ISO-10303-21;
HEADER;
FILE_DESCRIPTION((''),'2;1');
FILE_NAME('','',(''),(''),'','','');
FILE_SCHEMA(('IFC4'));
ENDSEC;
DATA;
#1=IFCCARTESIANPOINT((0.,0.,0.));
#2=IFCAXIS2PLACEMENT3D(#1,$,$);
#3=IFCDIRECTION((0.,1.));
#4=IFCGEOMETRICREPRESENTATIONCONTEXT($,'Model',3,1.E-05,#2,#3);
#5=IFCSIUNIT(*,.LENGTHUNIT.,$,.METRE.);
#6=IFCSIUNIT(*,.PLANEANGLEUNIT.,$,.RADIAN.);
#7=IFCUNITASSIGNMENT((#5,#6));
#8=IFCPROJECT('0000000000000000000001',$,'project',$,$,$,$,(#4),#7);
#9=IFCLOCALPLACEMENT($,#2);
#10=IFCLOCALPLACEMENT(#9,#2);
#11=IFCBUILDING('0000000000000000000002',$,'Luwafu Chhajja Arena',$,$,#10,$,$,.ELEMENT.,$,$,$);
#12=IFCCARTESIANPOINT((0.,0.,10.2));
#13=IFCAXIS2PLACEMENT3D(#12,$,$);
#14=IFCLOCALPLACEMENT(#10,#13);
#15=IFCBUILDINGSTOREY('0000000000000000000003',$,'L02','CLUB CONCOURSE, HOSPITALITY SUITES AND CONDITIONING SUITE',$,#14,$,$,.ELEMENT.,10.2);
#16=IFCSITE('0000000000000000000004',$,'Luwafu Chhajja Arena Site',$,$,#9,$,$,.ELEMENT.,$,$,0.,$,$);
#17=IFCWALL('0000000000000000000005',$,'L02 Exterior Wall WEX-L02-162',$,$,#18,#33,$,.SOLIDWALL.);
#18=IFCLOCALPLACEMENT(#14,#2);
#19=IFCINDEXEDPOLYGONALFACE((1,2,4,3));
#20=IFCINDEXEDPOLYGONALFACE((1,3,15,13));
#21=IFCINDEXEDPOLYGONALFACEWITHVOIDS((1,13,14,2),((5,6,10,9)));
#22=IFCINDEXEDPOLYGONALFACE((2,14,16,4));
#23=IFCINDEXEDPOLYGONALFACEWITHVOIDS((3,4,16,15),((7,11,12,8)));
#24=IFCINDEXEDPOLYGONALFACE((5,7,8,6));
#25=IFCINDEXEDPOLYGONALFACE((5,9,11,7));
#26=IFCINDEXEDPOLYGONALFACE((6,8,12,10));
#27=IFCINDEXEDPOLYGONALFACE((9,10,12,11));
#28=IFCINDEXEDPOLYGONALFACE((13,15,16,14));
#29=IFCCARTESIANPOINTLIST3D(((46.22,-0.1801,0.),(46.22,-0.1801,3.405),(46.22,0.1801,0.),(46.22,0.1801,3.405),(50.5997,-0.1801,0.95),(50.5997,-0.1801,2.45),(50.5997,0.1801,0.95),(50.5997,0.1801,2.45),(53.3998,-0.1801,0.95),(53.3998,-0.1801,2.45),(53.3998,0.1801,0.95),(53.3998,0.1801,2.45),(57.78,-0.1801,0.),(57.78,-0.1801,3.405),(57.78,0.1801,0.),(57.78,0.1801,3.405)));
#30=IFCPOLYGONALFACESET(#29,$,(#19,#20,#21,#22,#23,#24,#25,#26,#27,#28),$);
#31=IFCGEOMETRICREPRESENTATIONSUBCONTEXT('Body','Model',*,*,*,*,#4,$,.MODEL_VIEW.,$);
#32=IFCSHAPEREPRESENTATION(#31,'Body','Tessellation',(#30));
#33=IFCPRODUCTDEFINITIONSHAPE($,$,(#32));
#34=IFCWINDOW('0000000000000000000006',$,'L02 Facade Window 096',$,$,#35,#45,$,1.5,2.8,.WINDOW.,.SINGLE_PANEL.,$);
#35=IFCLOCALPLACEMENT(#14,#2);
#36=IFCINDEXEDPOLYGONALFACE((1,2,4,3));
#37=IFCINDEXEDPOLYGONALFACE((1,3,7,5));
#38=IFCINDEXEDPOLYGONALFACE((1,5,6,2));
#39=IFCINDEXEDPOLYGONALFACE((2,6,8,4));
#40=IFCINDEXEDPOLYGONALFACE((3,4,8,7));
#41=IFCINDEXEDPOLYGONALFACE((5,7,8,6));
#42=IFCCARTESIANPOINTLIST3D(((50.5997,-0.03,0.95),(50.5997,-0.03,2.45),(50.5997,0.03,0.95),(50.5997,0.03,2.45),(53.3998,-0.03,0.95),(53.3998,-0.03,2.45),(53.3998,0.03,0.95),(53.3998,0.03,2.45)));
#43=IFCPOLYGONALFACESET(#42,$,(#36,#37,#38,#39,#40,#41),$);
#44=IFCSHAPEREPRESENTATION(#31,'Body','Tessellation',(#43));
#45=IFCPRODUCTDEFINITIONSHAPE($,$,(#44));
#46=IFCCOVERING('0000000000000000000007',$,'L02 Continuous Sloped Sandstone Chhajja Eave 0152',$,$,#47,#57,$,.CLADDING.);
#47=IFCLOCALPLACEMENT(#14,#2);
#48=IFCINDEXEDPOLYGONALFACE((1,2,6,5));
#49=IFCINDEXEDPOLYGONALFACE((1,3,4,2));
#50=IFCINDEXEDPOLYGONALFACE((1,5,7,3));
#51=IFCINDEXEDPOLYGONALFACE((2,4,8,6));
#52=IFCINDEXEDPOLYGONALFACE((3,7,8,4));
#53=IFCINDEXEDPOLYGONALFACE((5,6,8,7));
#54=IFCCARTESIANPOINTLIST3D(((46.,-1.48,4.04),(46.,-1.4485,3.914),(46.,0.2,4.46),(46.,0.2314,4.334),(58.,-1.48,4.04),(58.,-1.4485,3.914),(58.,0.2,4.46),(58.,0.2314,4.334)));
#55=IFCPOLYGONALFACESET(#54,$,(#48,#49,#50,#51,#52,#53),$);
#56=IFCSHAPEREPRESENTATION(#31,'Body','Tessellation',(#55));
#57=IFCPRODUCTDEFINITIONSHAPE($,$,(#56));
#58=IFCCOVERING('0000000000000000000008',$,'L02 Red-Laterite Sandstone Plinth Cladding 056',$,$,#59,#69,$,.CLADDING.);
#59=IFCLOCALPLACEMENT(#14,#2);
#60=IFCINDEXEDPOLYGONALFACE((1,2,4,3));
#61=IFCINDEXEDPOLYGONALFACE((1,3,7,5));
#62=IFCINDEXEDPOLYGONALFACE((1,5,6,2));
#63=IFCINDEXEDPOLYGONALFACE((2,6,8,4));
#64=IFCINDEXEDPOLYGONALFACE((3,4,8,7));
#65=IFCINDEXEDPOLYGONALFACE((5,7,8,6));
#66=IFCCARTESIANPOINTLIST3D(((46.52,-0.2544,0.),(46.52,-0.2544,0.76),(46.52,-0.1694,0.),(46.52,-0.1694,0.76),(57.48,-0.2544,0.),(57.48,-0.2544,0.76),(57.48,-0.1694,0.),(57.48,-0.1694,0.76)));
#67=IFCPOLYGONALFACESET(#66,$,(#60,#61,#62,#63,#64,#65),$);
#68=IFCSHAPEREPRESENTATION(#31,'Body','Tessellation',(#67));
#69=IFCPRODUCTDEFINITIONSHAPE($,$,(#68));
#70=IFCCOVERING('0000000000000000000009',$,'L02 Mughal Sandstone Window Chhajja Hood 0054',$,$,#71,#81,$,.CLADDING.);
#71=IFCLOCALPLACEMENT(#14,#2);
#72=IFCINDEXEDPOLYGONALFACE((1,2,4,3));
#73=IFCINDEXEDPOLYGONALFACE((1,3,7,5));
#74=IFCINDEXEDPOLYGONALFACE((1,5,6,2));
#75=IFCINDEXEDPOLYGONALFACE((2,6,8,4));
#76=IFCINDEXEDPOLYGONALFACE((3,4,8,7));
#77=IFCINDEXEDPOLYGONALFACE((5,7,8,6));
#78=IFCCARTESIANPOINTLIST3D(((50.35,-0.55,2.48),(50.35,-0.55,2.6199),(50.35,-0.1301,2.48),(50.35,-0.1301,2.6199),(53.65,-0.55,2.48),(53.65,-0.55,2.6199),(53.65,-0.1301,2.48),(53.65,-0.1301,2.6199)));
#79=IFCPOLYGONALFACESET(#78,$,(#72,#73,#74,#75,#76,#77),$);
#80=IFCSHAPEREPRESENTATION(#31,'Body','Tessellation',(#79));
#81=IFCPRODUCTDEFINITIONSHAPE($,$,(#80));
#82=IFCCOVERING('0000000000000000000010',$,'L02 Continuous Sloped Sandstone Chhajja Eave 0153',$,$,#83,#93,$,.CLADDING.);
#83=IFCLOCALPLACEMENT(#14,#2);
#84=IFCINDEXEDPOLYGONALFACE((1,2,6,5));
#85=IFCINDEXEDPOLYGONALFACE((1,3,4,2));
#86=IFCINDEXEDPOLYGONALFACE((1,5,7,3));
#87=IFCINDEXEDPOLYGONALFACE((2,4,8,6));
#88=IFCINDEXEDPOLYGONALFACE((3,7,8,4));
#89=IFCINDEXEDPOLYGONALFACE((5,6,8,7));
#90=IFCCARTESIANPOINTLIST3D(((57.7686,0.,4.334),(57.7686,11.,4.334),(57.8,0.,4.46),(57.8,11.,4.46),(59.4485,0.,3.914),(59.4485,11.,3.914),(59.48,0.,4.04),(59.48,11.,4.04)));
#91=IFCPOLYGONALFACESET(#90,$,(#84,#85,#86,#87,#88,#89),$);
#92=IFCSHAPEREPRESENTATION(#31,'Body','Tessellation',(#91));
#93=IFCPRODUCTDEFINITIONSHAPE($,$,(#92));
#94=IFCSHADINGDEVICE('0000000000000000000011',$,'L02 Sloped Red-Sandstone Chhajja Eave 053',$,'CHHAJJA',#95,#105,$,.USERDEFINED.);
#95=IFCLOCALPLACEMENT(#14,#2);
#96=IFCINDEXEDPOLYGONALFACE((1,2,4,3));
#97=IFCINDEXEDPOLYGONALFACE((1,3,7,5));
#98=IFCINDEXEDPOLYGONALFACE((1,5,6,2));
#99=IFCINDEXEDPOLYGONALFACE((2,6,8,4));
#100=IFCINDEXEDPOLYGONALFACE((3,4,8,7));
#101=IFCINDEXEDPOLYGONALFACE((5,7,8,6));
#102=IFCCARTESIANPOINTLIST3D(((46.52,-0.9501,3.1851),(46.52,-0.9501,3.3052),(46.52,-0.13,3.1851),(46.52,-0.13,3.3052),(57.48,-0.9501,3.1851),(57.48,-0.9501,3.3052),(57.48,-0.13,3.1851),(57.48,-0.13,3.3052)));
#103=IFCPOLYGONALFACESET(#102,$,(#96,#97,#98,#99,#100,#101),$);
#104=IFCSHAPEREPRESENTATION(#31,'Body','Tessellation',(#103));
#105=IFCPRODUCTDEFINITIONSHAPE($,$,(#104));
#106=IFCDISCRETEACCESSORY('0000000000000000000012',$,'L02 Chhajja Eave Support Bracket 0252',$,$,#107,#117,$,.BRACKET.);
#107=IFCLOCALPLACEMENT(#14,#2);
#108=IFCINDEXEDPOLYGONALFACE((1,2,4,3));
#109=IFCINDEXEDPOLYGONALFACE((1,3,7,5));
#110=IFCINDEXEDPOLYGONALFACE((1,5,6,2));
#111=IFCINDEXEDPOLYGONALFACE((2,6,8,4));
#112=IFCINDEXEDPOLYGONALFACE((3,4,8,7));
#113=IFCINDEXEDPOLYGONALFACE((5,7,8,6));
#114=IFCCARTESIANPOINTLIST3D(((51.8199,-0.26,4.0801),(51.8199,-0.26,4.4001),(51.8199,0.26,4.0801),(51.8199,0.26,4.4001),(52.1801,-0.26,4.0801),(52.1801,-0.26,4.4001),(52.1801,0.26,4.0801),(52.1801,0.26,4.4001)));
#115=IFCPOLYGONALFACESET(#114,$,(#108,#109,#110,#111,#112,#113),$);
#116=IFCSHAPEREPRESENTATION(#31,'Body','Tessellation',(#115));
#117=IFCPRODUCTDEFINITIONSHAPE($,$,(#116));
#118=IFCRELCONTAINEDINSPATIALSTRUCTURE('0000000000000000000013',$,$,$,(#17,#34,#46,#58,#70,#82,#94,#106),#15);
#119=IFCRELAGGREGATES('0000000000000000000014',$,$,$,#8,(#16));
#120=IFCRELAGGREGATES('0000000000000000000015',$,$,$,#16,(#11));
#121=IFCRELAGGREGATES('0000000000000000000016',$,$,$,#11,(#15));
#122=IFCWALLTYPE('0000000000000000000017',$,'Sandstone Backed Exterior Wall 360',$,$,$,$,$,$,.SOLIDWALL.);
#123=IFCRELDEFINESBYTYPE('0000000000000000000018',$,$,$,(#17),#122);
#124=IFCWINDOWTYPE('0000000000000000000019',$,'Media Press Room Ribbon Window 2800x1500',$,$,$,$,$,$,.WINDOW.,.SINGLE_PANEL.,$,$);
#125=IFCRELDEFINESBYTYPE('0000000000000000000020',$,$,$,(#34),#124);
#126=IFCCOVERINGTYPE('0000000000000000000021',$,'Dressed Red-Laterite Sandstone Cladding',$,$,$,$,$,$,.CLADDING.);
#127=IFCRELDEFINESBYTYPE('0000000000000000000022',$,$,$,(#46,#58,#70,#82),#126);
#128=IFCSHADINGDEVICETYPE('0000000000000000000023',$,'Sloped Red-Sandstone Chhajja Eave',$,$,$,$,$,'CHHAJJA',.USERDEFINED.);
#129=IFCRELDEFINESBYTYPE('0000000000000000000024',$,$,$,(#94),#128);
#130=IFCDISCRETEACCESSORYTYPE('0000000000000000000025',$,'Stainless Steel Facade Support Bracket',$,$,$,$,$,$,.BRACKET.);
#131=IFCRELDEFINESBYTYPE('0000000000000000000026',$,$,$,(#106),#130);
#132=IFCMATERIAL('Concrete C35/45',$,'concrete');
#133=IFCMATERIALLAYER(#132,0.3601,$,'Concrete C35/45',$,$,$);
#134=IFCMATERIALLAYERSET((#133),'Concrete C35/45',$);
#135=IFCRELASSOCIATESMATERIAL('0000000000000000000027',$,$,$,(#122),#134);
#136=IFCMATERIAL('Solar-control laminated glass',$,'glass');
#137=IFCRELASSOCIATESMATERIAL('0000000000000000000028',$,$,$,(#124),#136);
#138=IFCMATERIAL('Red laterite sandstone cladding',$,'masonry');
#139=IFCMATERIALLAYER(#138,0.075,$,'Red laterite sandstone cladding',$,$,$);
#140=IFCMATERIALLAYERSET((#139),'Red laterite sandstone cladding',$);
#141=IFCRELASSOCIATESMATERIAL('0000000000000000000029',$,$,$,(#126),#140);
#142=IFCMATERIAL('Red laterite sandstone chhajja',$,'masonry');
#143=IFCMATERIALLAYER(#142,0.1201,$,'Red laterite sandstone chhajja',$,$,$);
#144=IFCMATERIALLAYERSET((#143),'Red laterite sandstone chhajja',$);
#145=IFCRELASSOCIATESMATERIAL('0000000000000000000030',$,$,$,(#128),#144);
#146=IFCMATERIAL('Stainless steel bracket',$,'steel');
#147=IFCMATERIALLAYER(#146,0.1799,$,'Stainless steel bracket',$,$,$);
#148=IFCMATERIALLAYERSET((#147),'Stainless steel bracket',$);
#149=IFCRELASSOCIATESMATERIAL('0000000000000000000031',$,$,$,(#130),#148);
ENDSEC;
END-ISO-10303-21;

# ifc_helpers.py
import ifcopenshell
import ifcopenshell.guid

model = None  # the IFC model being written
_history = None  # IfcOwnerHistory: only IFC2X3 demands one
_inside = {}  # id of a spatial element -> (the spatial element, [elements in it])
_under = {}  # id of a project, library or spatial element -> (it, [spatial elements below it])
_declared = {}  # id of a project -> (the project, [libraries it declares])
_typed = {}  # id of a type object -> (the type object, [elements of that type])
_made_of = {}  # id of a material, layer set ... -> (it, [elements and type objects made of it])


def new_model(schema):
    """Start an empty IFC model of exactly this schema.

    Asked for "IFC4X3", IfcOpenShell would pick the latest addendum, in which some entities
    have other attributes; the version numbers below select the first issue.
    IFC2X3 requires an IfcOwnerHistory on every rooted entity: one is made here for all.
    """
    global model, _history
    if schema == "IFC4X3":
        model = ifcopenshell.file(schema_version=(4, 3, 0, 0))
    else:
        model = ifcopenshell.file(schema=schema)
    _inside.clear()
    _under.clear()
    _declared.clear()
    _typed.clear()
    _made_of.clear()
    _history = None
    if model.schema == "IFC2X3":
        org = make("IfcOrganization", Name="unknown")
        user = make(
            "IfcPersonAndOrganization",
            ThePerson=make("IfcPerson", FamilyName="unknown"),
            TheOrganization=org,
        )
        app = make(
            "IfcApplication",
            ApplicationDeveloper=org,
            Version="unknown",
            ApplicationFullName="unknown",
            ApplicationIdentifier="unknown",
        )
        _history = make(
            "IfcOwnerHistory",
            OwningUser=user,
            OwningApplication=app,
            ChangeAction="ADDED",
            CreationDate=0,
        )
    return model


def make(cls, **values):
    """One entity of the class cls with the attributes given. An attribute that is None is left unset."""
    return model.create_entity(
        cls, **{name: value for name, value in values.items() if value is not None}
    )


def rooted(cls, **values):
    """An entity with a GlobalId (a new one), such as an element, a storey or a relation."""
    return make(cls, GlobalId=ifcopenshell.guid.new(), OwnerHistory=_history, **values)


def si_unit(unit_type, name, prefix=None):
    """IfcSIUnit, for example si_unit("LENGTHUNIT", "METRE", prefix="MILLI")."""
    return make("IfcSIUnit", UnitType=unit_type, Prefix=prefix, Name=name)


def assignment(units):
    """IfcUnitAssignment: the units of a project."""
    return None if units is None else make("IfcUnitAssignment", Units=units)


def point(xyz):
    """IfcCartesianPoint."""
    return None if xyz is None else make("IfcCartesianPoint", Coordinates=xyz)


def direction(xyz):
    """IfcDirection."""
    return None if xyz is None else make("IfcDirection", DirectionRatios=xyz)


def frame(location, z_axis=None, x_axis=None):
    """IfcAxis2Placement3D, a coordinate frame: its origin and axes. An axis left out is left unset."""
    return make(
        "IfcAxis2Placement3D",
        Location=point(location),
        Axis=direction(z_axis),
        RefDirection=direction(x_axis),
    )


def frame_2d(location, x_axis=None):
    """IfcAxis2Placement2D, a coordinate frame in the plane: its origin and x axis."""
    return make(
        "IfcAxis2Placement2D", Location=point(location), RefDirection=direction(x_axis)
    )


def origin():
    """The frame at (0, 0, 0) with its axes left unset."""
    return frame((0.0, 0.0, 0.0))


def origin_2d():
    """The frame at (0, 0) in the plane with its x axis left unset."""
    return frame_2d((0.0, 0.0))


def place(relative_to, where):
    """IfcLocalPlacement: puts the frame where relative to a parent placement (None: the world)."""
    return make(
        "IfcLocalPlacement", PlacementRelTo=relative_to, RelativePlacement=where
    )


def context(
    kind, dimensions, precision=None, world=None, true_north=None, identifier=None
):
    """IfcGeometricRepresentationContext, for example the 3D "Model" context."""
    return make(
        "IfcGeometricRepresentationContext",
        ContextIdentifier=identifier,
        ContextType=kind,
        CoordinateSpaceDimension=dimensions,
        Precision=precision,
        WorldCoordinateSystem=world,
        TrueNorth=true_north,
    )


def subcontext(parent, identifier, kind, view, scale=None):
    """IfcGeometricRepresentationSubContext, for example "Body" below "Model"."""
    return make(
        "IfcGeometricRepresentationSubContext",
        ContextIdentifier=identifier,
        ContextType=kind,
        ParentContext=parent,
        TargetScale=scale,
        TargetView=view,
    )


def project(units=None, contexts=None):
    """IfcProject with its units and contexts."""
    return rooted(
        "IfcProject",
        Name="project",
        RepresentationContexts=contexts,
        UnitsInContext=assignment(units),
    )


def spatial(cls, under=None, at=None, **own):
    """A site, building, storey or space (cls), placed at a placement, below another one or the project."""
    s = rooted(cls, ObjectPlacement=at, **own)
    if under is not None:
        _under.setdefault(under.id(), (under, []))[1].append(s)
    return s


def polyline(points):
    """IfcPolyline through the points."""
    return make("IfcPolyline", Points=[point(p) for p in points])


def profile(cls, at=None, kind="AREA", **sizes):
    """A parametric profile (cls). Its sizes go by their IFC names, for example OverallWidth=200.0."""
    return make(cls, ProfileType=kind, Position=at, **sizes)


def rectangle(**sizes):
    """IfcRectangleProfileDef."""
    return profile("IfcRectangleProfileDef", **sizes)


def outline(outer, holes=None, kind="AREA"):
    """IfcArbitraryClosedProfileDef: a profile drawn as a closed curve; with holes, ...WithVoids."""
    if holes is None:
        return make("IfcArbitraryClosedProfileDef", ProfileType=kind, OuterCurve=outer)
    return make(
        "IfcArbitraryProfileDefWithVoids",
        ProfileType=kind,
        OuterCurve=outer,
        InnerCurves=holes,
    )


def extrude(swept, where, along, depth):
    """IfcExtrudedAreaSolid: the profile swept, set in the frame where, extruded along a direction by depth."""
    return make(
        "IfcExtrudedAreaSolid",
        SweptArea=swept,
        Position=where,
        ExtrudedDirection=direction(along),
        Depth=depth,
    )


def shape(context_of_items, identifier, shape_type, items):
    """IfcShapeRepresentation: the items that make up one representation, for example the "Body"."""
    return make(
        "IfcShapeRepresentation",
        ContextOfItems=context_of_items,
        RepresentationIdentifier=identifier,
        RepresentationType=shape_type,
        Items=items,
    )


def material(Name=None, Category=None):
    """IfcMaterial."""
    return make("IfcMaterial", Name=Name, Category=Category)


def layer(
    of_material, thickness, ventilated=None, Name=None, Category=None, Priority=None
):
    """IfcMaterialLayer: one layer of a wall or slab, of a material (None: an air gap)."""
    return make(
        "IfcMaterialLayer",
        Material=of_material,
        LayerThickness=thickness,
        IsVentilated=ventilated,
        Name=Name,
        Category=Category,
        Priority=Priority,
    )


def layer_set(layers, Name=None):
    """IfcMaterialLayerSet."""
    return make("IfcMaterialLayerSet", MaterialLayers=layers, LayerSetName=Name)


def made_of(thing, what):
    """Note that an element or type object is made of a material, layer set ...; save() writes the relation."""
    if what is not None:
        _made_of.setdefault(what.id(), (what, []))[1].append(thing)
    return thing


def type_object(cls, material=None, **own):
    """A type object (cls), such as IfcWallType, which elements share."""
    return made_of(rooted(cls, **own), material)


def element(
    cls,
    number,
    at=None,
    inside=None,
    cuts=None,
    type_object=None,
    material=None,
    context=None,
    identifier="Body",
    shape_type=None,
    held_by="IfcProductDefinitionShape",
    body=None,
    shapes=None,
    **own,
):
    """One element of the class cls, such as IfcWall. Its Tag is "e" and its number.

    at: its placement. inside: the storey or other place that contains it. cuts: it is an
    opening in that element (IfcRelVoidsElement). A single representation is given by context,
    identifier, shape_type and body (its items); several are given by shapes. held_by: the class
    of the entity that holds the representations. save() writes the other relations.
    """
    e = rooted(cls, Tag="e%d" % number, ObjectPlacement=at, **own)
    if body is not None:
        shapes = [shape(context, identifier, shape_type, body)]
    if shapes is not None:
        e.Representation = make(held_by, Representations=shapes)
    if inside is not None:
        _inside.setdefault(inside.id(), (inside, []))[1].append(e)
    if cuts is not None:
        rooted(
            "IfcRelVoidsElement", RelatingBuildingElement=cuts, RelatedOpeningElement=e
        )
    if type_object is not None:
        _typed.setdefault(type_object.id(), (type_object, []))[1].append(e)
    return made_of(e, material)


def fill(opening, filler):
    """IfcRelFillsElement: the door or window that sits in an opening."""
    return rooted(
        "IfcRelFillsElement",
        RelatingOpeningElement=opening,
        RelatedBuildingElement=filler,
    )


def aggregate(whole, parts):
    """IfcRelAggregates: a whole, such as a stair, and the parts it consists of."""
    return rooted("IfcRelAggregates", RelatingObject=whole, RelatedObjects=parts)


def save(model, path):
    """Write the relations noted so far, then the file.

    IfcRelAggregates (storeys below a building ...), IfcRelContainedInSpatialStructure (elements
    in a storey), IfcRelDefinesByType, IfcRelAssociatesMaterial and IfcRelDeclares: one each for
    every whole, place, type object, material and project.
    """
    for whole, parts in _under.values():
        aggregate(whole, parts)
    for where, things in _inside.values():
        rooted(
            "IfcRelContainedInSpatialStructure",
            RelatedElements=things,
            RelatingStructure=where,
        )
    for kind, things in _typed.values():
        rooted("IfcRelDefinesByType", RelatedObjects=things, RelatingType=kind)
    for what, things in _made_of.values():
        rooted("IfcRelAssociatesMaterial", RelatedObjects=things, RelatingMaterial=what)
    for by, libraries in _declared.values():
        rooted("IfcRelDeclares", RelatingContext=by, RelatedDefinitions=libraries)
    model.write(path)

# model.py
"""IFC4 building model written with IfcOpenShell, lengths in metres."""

from ifc_helpers import new_model, si_unit, direction, frame, frame_2d, origin, origin_2d, place, context, subcontext, project, spatial, polyline, rectangle, outline, extrude, material, layer, layer_set, type_object, element, fill, save


model = new_model("IFC4")

# Units and contexts
model_context = context("Model", 3, precision=1e-05, world=origin(), true_north=direction((0.0, 1.0)))
body_context = subcontext(model_context, "Body", "Model", "MODEL_VIEW")
ifc_project = project(units=[si_unit("LENGTHUNIT", "METRE"), si_unit("PLANEANGLEUNIT", "RADIAN")], contexts=[model_context])

# Site, building, storey
site_placement = place(None, origin())
site = spatial("IfcSite", under=ifc_project, at=site_placement, Name="Luwafu Chhajja Arena Site", CompositionType="ELEMENT", RefElevation=0.0)
building_placement = place(site_placement, origin())
building = spatial("IfcBuilding", under=site, at=building_placement, Name="Luwafu Chhajja Arena", CompositionType="ELEMENT")
storey_placement = place(building_placement, frame((0.0, 0.0, 10.2)))
storey = spatial("IfcBuildingStorey", under=building, at=storey_placement, Name="L02", Description="CLUB CONCOURSE, HOSPITALITY SUITES AND CONDITIONING SUITE", CompositionType="ELEMENT", Elevation=10.2)

# Shared definitions
ifc_material_1 = material(Name="Concrete C35/45", Category="concrete")

# Shared definitions
ifc_material_2 = material(Name="Solar-control laminated glass", Category="glass")

# Wall, opening, window
ifc_layer_1 = layer(ifc_material_1, 0.3601, Name="Concrete C35/45")
ifc_layer_set_1 = layer_set([ifc_layer_1], Name="Concrete C35/45")
wall_type_1 = type_object("IfcWallType", Name="Sandstone Backed Exterior Wall 360", PredefinedType="SOLIDWALL", material=ifc_layer_set_1)
wall_1_placement = place(storey_placement, frame((46.22, 0.0, 0.0), z_axis=(0.0, 0.0, 1.0), x_axis=(1.0, 0.0, 0.0)))
wall_1 = element("IfcWall", 1, at=wall_1_placement, inside=storey, type_object=wall_type_1, Name="L02 Exterior Wall WEX-L02-162", PredefinedType="SOLIDWALL", context=body_context, shape_type="SweptSolid", body=[
    extrude(rectangle(XDim=11.5601, YDim=0.3601, at=frame_2d((5.78, 0.0))), origin(), (0.0, 0.0, 1.0), 3.405),
])
opening_1_placement = place(wall_1_placement, frame((4.3799, 0.0, 0.95)))
opening_1 = element("IfcOpeningElement", 2, at=opening_1_placement, cuts=wall_1, PredefinedType="OPENING", context=body_context, shape_type="SweptSolid", body=[
    extrude(rectangle(XDim=2.8, YDim=1.5, at=frame_2d((1.3999, 0.75))), frame((0.0, 0.1899, 0.0), z_axis=(0.0, -1.0, 0.0), x_axis=(1.0, 0.0, 0.0)), (0.0, 0.0, 1.0), 0.3801),
])
window_type = type_object("IfcWindowType", Name="Media Press Room Ribbon Window 2800x1500", PartitioningType="SINGLE_PANEL", PredefinedType="WINDOW", material=ifc_material_2)
window_placement = place(opening_1_placement, origin())
window = element("IfcWindow", 3, at=window_placement, inside=storey, type_object=window_type, Name="L02 Facade Window 096", OverallHeight=1.5, OverallWidth=2.8, PartitioningType="SINGLE_PANEL", PredefinedType="WINDOW", context=body_context, shape_type="SweptSolid", body=[
    extrude(rectangle(XDim=2.8, YDim=1.5, at=frame_2d((1.3999, 0.75))), frame((0.0, 0.03, 0.0), z_axis=(0.0, -1.0, 0.0), x_axis=(1.0, 0.0, 0.0)), (0.0, 0.0, 1.0), 0.0601),
])
fill(opening_1, window)

# Coverings
ifc_material_3 = material(Name="Red laterite sandstone cladding", Category="masonry")
ifc_layer_2 = layer(ifc_material_3, 0.075, Name="Red laterite sandstone cladding")
ifc_layer_set_2 = layer_set([ifc_layer_2], Name="Red laterite sandstone cladding")
covering_type = type_object("IfcCoveringType", Name="Dressed Red-Laterite Sandstone Cladding", PredefinedType="CLADDING", material=ifc_layer_set_2)
covering_1_placement = place(storey_placement, frame((46.0, 0.2, 4.46), z_axis=(0.0, -0.242502, 0.970151), x_axis=(1.0, 0.0, 0.0)))
element("IfcCovering", 4, at=covering_1_placement, inside=storey, type_object=covering_type, Name="L02 Continuous Sloped Sandstone Chhajja Eave 0152", PredefinedType="CLADDING", context=body_context, shape_type="SweptSolid", body=[
    extrude(outline(polyline([(0.0, 0.0), (12.0, 0.0), (12.0, -1.7316), (0.0, -1.7316), (0.0, 0.0)])), origin(), (0.0, 0.0, -1.0), 0.1299),
])
covering_2_placement = place(storey_placement, frame((52.0, -0.2119, 0.0), z_axis=(0.0, 0.0, 1.0), x_axis=(1.0, 0.0, 0.0)))
element("IfcCovering", 5, at=covering_2_placement, inside=storey, type_object=covering_type, Name="L02 Red-Laterite Sandstone Plinth Cladding 056", PredefinedType="CLADDING", context=body_context, shape_type="SweptSolid", body=[
    extrude(rectangle(XDim=10.96, YDim=0.085, at=origin_2d()), origin(), (0.0, 0.0, 1.0), 0.76),
])
covering_3_placement = place(storey_placement, frame((52.0, -0.3401, 2.48), z_axis=(0.0, 0.0, 1.0), x_axis=(1.0, 0.0, 0.0)))
element("IfcCovering", 6, at=covering_3_placement, inside=storey, type_object=covering_type, Name="L02 Mughal Sandstone Window Chhajja Hood 0054", PredefinedType="CLADDING", context=body_context, shape_type="SweptSolid", body=[
    extrude(rectangle(XDim=3.3, YDim=0.4199, at=origin_2d()), origin(), (0.0, 0.0, 1.0), 0.1399),
])
covering_4_placement = place(storey_placement, frame((57.8, 0.0, 4.46), z_axis=(0.242502, 0.0, 0.970151), x_axis=(0.0, 1.0, 0.0)))
element("IfcCovering", 7, at=covering_4_placement, inside=storey, type_object=covering_type, Name="L02 Continuous Sloped Sandstone Chhajja Eave 0153", PredefinedType="CLADDING", context=body_context, shape_type="SweptSolid", body=[
    extrude(outline(polyline([(0.0, 0.0), (11.0, 0.0), (11.0, -1.7316), (0.0, -1.7316), (0.0, 0.0)])), origin(), (0.0, 0.0, -1.0), 0.1299),
])

# Shading device
ifc_material_4 = material(Name="Red laterite sandstone chhajja", Category="masonry")
ifc_layer_3 = layer(ifc_material_4, 0.1201, Name="Red laterite sandstone chhajja")
ifc_layer_set_3 = layer_set([ifc_layer_3], Name="Red laterite sandstone chhajja")
shading_device_type = type_object("IfcShadingDeviceType", Name="Sloped Red-Sandstone Chhajja Eave", ElementType="CHHAJJA", PredefinedType="USERDEFINED", material=ifc_layer_set_3)
shading_device_placement = place(storey_placement, frame((52.0, -0.54, 3.1851), z_axis=(0.0, 0.0, 1.0), x_axis=(1.0, 0.0, 0.0)))
element("IfcShadingDevice", 8, at=shading_device_placement, inside=storey, type_object=shading_device_type, Name="L02 Sloped Red-Sandstone Chhajja Eave 053", ObjectType="CHHAJJA", PredefinedType="USERDEFINED", context=body_context, shape_type="SweptSolid", body=[
    extrude(rectangle(XDim=10.96, YDim=0.8201, at=origin_2d()), origin(), (0.0, 0.0, 1.0), 0.1201),
])

# Discrete accessory
ifc_material_5 = material(Name="Stainless steel bracket", Category="steel")
ifc_layer_4 = layer(ifc_material_5, 0.1799, Name="Stainless steel bracket")
ifc_layer_set_4 = layer_set([ifc_layer_4], Name="Stainless steel bracket")
discrete_accessory_type = type_object("IfcDiscreteAccessoryType", Name="Stainless Steel Facade Support Bracket", PredefinedType="BRACKET", material=ifc_layer_set_4)
discrete_accessory_placement = place(storey_placement, frame((52.0, 0.0, 4.0801), z_axis=(0.0, 0.0, 1.0), x_axis=(1.0, 0.0, 0.0)))
element("IfcDiscreteAccessory", 9, at=discrete_accessory_placement, inside=storey, type_object=discrete_accessory_type, Name="L02 Chhajja Eave Support Bracket 0252", PredefinedType="BRACKET", context=body_context, shape_type="SweptSolid", body=[
    extrude(rectangle(XDim=0.3601, YDim=0.52, at=origin_2d()), origin(), (0.0, 0.0, 1.0), 0.3201),
])

save(model, "model.ifc")
